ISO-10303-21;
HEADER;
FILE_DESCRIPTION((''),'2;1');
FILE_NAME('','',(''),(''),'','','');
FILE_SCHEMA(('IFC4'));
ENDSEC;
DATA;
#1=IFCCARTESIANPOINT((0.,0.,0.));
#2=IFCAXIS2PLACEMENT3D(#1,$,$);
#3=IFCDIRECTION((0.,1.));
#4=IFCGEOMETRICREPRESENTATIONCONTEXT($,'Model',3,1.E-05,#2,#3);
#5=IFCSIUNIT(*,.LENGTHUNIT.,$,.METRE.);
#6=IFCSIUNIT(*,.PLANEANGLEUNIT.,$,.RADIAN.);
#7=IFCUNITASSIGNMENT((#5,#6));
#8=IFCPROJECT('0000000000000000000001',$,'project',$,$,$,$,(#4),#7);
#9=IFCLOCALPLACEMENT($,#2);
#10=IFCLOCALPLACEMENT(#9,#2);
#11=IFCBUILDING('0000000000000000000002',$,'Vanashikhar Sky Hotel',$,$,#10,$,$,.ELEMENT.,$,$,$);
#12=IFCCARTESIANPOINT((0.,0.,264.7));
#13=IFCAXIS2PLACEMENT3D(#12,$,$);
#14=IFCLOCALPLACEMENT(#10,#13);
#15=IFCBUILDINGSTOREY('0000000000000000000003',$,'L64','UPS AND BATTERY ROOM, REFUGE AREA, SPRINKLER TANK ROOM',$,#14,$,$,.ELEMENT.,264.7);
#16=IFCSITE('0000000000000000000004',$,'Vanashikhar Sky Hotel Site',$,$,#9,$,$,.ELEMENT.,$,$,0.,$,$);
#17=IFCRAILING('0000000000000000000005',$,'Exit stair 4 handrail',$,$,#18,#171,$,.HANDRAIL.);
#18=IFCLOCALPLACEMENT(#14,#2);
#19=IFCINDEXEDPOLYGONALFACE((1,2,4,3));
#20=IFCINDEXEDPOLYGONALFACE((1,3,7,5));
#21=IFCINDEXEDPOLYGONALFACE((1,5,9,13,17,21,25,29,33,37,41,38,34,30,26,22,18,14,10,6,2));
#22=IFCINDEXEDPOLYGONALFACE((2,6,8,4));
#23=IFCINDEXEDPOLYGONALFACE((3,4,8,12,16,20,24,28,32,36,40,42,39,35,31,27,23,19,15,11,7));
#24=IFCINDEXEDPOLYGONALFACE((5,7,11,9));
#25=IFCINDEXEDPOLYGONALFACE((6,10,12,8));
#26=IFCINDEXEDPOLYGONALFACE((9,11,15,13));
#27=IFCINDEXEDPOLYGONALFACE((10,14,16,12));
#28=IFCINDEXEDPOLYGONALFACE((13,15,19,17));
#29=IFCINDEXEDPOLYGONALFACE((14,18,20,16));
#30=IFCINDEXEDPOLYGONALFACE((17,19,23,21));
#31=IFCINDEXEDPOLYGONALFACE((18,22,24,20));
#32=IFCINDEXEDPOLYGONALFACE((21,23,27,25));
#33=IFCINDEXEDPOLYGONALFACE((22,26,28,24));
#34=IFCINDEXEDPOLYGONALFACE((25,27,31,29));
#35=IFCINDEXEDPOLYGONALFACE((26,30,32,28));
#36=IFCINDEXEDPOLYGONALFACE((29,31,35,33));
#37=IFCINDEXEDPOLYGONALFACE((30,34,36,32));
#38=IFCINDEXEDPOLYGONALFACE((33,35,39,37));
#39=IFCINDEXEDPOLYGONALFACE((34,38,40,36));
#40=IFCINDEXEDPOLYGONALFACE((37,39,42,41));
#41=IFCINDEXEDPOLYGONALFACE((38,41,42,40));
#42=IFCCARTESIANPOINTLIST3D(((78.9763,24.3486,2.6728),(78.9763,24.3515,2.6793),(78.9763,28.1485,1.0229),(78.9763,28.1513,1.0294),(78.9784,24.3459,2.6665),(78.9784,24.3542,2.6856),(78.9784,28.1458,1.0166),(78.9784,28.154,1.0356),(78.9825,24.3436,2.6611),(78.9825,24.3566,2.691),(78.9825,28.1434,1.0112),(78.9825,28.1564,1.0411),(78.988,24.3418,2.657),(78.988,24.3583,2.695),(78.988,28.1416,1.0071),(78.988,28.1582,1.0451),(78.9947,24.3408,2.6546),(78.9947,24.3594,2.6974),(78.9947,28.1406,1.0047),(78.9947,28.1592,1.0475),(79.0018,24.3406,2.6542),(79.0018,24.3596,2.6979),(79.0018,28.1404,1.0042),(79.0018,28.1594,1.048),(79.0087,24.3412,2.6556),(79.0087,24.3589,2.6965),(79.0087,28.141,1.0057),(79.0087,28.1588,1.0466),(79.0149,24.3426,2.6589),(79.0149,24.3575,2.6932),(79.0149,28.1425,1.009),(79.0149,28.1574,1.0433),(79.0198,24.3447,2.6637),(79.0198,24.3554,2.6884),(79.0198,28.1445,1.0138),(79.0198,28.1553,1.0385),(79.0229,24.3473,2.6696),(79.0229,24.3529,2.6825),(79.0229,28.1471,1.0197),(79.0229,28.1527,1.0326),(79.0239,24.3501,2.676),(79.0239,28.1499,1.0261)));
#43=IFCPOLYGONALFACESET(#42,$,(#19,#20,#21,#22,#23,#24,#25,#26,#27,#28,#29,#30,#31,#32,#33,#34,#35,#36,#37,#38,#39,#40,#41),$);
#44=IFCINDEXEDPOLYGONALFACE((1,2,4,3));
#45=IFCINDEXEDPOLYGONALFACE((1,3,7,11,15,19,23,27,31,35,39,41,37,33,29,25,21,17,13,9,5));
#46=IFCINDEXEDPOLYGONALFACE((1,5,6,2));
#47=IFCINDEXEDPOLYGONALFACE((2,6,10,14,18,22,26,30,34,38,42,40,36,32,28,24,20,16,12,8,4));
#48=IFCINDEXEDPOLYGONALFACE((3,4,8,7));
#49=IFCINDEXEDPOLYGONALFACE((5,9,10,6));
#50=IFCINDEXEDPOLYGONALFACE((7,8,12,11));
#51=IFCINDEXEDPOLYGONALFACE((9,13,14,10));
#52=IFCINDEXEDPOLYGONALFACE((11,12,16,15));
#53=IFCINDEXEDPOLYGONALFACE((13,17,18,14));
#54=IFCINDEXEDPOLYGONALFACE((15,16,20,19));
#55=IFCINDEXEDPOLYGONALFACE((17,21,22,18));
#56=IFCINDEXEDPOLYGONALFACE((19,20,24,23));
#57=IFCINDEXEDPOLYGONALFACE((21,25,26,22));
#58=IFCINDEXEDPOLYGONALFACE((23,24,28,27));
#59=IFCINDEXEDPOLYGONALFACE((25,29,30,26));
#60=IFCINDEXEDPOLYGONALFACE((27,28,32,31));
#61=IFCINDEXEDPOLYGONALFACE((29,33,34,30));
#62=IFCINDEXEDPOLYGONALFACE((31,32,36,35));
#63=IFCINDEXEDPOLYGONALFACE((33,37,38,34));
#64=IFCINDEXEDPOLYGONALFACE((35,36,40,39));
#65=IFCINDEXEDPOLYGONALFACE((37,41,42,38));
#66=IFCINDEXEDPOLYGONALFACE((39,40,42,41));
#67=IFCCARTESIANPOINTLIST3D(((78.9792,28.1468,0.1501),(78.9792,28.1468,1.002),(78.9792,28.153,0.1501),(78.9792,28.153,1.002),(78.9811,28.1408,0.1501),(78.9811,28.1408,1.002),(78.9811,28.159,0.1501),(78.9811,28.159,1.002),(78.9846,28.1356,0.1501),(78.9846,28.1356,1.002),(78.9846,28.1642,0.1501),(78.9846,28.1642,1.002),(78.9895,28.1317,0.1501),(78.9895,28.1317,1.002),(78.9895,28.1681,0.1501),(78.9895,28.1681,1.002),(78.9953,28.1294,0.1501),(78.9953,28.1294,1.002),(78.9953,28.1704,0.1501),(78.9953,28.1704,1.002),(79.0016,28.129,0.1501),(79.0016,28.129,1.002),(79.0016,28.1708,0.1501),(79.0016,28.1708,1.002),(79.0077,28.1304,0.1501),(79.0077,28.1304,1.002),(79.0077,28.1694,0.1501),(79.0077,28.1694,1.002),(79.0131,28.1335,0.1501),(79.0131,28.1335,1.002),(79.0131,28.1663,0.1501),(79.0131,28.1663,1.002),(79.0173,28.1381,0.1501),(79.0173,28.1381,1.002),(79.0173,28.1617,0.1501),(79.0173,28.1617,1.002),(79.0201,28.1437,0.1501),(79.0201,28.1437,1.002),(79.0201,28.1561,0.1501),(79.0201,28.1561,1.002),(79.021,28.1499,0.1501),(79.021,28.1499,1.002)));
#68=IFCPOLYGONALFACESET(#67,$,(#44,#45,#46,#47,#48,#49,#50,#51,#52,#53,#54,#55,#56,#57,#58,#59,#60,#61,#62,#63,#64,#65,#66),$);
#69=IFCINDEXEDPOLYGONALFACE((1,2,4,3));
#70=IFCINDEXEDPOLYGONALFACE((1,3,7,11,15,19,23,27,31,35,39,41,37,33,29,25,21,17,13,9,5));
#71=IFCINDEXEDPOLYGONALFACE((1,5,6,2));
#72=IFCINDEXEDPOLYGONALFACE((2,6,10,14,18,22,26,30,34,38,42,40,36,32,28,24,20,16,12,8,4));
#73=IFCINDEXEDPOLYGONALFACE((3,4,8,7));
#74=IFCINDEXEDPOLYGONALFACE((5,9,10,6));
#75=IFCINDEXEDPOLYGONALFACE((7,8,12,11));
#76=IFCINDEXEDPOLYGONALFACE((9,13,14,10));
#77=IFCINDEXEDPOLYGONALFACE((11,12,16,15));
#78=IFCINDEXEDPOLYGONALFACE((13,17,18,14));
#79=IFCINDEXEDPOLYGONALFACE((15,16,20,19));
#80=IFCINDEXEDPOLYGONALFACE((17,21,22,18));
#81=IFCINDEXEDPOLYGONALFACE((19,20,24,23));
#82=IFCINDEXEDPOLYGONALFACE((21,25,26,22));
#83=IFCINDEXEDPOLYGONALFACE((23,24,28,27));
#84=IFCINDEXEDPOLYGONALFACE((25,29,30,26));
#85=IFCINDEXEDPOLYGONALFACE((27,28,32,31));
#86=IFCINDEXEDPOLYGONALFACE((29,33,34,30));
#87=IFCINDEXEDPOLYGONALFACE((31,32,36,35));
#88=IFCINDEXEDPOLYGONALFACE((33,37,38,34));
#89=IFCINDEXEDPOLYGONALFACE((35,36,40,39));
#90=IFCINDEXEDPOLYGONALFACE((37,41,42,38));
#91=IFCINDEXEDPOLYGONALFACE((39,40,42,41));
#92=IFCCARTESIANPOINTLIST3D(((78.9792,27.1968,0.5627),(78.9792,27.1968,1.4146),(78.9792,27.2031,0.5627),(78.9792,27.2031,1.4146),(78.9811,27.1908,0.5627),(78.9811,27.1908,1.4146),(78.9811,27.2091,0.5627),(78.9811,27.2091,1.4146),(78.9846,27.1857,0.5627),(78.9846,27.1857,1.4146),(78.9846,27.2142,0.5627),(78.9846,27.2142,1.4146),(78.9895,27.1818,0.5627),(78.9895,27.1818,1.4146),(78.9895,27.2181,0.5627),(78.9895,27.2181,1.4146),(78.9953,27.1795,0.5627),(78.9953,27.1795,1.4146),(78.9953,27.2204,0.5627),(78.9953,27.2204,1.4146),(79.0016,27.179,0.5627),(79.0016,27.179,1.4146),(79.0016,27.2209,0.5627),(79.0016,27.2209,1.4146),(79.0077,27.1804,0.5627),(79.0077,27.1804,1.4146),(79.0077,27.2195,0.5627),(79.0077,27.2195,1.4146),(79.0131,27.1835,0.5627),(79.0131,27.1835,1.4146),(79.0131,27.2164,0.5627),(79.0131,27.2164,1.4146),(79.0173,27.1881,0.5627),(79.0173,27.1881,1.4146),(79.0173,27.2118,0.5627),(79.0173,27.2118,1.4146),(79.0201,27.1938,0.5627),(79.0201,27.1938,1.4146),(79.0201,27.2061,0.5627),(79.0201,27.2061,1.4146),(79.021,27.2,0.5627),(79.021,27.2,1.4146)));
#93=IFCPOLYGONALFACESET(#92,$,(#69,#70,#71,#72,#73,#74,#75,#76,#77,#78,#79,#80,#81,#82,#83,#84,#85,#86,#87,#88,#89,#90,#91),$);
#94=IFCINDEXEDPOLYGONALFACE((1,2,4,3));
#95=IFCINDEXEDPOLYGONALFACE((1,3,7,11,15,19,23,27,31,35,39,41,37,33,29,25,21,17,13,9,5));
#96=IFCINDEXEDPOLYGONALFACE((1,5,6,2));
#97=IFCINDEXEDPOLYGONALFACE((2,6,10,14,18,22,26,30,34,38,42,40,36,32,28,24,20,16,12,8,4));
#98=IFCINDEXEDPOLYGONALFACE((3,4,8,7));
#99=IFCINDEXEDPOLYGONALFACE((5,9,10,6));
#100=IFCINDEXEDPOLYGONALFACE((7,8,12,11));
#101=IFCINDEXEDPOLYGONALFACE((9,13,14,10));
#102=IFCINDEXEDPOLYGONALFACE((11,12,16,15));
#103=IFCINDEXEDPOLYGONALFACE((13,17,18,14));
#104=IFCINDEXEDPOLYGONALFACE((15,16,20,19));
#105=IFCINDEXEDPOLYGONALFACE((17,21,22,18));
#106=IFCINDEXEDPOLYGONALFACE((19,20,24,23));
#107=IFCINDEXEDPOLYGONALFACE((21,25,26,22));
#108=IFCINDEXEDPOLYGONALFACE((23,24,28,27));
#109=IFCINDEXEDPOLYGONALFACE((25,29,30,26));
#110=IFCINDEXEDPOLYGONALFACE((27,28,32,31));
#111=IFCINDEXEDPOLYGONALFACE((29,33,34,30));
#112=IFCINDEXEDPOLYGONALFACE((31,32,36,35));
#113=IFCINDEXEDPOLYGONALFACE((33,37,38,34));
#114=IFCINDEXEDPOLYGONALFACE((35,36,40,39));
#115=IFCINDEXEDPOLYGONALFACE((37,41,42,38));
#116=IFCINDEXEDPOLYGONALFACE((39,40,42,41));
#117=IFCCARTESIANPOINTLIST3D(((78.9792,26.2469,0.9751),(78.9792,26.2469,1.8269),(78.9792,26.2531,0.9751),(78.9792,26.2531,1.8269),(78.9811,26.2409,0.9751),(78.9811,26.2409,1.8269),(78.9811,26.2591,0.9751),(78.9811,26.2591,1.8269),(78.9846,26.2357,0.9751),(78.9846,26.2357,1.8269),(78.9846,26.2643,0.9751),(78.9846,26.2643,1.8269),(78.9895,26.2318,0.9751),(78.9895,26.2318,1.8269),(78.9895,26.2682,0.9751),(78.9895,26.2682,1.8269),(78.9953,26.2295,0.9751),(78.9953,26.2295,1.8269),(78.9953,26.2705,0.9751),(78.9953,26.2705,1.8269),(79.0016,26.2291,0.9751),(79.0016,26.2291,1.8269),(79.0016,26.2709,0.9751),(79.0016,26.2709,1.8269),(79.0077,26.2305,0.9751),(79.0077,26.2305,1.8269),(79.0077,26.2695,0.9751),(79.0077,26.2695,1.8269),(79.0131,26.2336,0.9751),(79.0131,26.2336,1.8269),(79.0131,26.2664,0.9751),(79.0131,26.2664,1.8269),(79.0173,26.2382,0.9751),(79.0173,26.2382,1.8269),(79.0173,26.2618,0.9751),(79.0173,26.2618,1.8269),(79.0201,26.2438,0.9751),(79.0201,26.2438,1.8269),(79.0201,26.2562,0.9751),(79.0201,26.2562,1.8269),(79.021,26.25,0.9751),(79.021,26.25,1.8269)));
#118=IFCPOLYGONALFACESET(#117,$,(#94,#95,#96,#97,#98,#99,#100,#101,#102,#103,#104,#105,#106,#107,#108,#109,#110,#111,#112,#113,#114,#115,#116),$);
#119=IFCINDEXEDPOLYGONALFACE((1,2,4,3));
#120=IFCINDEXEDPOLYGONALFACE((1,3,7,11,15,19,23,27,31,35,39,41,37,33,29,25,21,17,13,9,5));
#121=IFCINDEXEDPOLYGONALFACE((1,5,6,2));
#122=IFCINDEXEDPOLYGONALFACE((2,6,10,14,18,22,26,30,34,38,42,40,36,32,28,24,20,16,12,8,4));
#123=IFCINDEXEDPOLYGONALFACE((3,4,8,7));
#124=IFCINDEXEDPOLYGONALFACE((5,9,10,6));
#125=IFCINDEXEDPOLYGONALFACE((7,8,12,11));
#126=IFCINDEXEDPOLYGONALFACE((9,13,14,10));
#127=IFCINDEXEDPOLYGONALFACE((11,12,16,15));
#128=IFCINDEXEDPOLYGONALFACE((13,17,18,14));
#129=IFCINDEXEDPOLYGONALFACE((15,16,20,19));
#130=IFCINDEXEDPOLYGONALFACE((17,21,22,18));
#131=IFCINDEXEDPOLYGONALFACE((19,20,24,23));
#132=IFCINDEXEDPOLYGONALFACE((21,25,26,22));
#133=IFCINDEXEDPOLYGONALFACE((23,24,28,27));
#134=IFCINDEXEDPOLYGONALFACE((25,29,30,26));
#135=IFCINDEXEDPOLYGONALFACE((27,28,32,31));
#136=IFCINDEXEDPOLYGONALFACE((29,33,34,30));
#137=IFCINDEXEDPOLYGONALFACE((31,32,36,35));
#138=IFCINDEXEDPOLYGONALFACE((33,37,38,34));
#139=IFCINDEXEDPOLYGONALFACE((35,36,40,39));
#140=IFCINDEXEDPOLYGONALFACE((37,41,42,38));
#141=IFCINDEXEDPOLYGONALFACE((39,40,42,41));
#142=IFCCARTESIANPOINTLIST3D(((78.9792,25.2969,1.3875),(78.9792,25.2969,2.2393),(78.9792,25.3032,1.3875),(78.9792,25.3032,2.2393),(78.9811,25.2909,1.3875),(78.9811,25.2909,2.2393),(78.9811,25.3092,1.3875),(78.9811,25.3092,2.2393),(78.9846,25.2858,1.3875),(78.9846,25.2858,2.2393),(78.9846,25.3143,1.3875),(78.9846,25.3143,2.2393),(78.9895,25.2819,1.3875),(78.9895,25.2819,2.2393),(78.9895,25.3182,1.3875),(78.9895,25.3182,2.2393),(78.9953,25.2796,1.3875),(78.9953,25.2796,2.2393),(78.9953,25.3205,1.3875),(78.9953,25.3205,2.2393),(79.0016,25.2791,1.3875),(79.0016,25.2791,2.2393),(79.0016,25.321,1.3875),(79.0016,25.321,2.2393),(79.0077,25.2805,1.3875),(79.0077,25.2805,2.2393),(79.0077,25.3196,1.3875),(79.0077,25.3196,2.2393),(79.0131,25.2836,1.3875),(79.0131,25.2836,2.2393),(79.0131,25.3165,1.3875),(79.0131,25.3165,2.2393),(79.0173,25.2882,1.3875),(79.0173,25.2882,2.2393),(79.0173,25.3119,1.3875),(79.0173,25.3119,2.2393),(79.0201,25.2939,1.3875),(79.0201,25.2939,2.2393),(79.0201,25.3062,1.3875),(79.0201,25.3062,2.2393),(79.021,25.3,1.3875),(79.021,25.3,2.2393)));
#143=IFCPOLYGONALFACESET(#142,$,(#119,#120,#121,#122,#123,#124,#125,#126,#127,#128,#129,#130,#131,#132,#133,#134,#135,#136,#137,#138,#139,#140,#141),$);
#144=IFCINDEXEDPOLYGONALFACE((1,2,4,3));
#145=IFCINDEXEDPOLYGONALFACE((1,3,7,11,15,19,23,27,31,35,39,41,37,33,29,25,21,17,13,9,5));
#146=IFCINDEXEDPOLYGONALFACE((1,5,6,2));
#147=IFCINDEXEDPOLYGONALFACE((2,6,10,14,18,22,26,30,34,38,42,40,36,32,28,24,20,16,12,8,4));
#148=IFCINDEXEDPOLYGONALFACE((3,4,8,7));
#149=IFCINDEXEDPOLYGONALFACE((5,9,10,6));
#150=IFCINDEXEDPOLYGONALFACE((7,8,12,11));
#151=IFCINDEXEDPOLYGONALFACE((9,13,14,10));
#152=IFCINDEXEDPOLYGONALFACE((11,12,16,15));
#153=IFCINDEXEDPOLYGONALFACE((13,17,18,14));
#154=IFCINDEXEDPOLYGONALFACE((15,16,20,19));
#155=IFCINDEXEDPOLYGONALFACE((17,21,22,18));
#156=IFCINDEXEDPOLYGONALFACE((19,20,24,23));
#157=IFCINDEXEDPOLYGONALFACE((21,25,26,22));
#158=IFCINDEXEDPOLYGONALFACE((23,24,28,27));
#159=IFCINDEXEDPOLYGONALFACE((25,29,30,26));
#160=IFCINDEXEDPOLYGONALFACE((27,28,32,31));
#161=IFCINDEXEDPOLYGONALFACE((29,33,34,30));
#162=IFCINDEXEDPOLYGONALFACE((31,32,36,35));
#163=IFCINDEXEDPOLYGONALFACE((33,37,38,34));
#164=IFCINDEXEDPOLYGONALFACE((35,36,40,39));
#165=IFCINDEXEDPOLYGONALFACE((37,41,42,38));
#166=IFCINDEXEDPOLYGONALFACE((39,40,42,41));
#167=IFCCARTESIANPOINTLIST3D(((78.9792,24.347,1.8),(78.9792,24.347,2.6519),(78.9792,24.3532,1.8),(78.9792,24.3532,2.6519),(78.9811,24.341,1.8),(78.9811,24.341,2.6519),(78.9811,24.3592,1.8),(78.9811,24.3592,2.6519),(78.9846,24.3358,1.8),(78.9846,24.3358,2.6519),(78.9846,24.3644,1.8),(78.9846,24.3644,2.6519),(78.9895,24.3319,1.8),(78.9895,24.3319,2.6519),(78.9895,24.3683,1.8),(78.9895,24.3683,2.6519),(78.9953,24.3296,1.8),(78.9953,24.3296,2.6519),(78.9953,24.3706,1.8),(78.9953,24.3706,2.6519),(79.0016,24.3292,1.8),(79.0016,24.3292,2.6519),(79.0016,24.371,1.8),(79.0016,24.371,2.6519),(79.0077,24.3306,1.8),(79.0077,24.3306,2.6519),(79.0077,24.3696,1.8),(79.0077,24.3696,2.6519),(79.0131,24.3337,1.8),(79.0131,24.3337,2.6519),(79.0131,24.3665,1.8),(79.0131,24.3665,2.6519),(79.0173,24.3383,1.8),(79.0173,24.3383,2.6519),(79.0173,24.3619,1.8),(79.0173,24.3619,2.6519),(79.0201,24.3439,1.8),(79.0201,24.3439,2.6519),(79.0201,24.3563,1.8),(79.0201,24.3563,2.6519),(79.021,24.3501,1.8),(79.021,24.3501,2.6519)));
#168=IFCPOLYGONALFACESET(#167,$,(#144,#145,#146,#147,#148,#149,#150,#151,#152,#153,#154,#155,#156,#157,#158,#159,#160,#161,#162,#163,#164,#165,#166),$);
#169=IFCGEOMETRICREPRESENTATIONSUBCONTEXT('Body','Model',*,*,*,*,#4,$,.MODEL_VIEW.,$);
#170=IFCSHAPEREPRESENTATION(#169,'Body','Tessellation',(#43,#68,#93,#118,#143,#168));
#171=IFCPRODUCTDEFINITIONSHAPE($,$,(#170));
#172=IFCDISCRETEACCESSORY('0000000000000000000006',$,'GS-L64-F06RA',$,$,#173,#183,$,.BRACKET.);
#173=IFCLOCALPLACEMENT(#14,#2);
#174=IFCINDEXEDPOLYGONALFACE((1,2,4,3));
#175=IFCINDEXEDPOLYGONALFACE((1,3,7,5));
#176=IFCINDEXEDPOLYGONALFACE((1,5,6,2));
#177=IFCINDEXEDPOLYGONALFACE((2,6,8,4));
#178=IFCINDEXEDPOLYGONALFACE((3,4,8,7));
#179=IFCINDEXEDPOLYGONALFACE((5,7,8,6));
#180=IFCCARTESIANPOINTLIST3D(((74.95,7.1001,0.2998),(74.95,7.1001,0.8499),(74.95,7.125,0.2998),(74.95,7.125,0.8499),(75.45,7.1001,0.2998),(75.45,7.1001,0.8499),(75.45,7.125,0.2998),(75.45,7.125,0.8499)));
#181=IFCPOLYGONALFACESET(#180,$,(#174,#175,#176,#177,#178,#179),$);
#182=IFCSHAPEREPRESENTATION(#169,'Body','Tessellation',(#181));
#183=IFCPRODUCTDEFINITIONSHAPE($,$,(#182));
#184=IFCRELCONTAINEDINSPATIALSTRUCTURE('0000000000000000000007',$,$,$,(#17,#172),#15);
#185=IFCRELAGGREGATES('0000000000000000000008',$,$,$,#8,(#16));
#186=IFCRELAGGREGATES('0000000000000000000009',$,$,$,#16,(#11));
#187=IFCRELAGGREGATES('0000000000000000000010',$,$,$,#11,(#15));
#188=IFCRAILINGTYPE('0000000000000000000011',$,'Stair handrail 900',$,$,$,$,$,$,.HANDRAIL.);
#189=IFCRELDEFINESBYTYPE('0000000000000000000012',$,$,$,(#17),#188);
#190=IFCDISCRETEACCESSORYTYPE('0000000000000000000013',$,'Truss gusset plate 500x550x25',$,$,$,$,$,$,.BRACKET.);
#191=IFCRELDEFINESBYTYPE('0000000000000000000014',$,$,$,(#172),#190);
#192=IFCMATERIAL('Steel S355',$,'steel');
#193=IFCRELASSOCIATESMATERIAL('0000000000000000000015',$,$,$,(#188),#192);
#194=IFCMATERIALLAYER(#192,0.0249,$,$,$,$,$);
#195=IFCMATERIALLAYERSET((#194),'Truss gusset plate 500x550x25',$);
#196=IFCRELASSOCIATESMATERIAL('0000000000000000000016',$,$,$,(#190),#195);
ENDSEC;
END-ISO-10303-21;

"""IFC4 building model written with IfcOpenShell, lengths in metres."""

from ifc_helpers import new_model, si_unit, direction, frame, origin, origin_2d, place, context, subcontext, project, spatial, rectangle, circle, extrude, source, transform, mapped, material, layer, layer_set, type_object, element, save


model = new_model("IFC4")

# Units and contexts
model_context = context("Model", 3, precision=1e-05, world=origin(), true_north=direction((0.0, 1.0)))
body_context = subcontext(model_context, "Body", "Model", "MODEL_VIEW")
ifc_project = project(units=[si_unit("LENGTHUNIT", "METRE"), si_unit("PLANEANGLEUNIT", "RADIAN")], contexts=[model_context])

# Site, building, storey
site_placement = place(None, origin())
site = spatial("IfcSite", under=ifc_project, at=site_placement, Name="Vanashikhar Sky Hotel Site", CompositionType="ELEMENT", RefElevation=0.0)
building_placement = place(site_placement, origin())
building = spatial("IfcBuilding", under=site, at=building_placement, Name="Vanashikhar Sky Hotel", CompositionType="ELEMENT")
storey_placement = place(building_placement, frame((0.0, 0.0, 264.7)))
storey = spatial("IfcBuildingStorey", under=building, at=storey_placement, Name="L64", Description="UPS AND BATTERY ROOM, REFUGE AREA, SPRINKLER TANK ROOM", CompositionType="ELEMENT", Elevation=264.7)

# Railing
ifc_material_1 = material(Name="Steel S355", Category="steel")
railing_type_1 = type_object("IfcRailingType", Name="Stair handrail 900", PredefinedType="HANDRAIL", material=ifc_material_1)
shared_shape_1 = source(origin(), body_context, "Body", "SweptSolid", [
    extrude(circle(Radius=0.0239, at=origin_2d()), frame((0.0, 0.0, 0.876), z_axis=(0.0, -0.917263, 0.398282), x_axis=(1.0, 0.0, 0.0)), (0.0, 0.0, 1.0), 4.1426),
    extrude(circle(Radius=0.021, at=origin_2d()), origin(), (0.0, 0.0, 1.0), 0.8518),
    extrude(circle(Radius=0.021, at=origin_2d()), frame((0.0, -0.95, 0.4126)), (0.0, 0.0, 1.0), 0.8518),
    extrude(circle(Radius=0.021, at=origin_2d()), frame((0.0, -1.8999, 0.825)), (0.0, 0.0, 1.0), 0.8518),
    extrude(circle(Radius=0.021, at=origin_2d()), frame((0.0, -2.8499, 1.2373)), (0.0, 0.0, 1.0), 0.8518),
    extrude(circle(Radius=0.021, at=origin_2d()), frame((0.0, -3.7998, 1.6499)), (0.0, 0.0, 1.0), 0.8518),
])
railing_1_placement = place(storey_placement, frame((79.0, 28.1499, 0.1501)))
element("IfcRailing", 1, at=railing_1_placement, inside=storey, type_object=railing_type_1, Name="Exit stair 4 handrail", PredefinedType="HANDRAIL", context=body_context, shape_type="MappedRepresentation", body=[
    mapped(shared_shape_1, transform((0.0, 0.0, 0.0), scale=1.0)),
])

# Discrete accessory
ifc_layer_1 = layer(ifc_material_1, 0.0249)
ifc_layer_set_1 = layer_set([ifc_layer_1], Name="Truss gusset plate 500x550x25")
discrete_accessory_type = type_object("IfcDiscreteAccessoryType", Name="Truss gusset plate 500x550x25", PredefinedType="BRACKET", material=ifc_layer_set_1)
shared_shape_2 = source(origin(), body_context, "Body", "SweptSolid", [
    extrude(rectangle(XDim=0.5, YDim=0.0249, at=origin_2d()), origin(), (0.0, 0.0, 1.0), 0.55),
])
discrete_accessory_placement = place(storey_placement, frame((75.2, 7.1125, 0.2998), z_axis=(0.0, 0.0, 1.0), x_axis=(1.0, 0.0, 0.0)))
element("IfcDiscreteAccessory", 2, at=discrete_accessory_placement, inside=storey, type_object=discrete_accessory_type, Name="GS-L64-F06RA", PredefinedType="BRACKET", context=body_context, shape_type="MappedRepresentation", body=[
    mapped(shared_shape_2, transform((0.0, 0.0, 0.0), scale=1.0)),
])

save(model, "model.ifc")
